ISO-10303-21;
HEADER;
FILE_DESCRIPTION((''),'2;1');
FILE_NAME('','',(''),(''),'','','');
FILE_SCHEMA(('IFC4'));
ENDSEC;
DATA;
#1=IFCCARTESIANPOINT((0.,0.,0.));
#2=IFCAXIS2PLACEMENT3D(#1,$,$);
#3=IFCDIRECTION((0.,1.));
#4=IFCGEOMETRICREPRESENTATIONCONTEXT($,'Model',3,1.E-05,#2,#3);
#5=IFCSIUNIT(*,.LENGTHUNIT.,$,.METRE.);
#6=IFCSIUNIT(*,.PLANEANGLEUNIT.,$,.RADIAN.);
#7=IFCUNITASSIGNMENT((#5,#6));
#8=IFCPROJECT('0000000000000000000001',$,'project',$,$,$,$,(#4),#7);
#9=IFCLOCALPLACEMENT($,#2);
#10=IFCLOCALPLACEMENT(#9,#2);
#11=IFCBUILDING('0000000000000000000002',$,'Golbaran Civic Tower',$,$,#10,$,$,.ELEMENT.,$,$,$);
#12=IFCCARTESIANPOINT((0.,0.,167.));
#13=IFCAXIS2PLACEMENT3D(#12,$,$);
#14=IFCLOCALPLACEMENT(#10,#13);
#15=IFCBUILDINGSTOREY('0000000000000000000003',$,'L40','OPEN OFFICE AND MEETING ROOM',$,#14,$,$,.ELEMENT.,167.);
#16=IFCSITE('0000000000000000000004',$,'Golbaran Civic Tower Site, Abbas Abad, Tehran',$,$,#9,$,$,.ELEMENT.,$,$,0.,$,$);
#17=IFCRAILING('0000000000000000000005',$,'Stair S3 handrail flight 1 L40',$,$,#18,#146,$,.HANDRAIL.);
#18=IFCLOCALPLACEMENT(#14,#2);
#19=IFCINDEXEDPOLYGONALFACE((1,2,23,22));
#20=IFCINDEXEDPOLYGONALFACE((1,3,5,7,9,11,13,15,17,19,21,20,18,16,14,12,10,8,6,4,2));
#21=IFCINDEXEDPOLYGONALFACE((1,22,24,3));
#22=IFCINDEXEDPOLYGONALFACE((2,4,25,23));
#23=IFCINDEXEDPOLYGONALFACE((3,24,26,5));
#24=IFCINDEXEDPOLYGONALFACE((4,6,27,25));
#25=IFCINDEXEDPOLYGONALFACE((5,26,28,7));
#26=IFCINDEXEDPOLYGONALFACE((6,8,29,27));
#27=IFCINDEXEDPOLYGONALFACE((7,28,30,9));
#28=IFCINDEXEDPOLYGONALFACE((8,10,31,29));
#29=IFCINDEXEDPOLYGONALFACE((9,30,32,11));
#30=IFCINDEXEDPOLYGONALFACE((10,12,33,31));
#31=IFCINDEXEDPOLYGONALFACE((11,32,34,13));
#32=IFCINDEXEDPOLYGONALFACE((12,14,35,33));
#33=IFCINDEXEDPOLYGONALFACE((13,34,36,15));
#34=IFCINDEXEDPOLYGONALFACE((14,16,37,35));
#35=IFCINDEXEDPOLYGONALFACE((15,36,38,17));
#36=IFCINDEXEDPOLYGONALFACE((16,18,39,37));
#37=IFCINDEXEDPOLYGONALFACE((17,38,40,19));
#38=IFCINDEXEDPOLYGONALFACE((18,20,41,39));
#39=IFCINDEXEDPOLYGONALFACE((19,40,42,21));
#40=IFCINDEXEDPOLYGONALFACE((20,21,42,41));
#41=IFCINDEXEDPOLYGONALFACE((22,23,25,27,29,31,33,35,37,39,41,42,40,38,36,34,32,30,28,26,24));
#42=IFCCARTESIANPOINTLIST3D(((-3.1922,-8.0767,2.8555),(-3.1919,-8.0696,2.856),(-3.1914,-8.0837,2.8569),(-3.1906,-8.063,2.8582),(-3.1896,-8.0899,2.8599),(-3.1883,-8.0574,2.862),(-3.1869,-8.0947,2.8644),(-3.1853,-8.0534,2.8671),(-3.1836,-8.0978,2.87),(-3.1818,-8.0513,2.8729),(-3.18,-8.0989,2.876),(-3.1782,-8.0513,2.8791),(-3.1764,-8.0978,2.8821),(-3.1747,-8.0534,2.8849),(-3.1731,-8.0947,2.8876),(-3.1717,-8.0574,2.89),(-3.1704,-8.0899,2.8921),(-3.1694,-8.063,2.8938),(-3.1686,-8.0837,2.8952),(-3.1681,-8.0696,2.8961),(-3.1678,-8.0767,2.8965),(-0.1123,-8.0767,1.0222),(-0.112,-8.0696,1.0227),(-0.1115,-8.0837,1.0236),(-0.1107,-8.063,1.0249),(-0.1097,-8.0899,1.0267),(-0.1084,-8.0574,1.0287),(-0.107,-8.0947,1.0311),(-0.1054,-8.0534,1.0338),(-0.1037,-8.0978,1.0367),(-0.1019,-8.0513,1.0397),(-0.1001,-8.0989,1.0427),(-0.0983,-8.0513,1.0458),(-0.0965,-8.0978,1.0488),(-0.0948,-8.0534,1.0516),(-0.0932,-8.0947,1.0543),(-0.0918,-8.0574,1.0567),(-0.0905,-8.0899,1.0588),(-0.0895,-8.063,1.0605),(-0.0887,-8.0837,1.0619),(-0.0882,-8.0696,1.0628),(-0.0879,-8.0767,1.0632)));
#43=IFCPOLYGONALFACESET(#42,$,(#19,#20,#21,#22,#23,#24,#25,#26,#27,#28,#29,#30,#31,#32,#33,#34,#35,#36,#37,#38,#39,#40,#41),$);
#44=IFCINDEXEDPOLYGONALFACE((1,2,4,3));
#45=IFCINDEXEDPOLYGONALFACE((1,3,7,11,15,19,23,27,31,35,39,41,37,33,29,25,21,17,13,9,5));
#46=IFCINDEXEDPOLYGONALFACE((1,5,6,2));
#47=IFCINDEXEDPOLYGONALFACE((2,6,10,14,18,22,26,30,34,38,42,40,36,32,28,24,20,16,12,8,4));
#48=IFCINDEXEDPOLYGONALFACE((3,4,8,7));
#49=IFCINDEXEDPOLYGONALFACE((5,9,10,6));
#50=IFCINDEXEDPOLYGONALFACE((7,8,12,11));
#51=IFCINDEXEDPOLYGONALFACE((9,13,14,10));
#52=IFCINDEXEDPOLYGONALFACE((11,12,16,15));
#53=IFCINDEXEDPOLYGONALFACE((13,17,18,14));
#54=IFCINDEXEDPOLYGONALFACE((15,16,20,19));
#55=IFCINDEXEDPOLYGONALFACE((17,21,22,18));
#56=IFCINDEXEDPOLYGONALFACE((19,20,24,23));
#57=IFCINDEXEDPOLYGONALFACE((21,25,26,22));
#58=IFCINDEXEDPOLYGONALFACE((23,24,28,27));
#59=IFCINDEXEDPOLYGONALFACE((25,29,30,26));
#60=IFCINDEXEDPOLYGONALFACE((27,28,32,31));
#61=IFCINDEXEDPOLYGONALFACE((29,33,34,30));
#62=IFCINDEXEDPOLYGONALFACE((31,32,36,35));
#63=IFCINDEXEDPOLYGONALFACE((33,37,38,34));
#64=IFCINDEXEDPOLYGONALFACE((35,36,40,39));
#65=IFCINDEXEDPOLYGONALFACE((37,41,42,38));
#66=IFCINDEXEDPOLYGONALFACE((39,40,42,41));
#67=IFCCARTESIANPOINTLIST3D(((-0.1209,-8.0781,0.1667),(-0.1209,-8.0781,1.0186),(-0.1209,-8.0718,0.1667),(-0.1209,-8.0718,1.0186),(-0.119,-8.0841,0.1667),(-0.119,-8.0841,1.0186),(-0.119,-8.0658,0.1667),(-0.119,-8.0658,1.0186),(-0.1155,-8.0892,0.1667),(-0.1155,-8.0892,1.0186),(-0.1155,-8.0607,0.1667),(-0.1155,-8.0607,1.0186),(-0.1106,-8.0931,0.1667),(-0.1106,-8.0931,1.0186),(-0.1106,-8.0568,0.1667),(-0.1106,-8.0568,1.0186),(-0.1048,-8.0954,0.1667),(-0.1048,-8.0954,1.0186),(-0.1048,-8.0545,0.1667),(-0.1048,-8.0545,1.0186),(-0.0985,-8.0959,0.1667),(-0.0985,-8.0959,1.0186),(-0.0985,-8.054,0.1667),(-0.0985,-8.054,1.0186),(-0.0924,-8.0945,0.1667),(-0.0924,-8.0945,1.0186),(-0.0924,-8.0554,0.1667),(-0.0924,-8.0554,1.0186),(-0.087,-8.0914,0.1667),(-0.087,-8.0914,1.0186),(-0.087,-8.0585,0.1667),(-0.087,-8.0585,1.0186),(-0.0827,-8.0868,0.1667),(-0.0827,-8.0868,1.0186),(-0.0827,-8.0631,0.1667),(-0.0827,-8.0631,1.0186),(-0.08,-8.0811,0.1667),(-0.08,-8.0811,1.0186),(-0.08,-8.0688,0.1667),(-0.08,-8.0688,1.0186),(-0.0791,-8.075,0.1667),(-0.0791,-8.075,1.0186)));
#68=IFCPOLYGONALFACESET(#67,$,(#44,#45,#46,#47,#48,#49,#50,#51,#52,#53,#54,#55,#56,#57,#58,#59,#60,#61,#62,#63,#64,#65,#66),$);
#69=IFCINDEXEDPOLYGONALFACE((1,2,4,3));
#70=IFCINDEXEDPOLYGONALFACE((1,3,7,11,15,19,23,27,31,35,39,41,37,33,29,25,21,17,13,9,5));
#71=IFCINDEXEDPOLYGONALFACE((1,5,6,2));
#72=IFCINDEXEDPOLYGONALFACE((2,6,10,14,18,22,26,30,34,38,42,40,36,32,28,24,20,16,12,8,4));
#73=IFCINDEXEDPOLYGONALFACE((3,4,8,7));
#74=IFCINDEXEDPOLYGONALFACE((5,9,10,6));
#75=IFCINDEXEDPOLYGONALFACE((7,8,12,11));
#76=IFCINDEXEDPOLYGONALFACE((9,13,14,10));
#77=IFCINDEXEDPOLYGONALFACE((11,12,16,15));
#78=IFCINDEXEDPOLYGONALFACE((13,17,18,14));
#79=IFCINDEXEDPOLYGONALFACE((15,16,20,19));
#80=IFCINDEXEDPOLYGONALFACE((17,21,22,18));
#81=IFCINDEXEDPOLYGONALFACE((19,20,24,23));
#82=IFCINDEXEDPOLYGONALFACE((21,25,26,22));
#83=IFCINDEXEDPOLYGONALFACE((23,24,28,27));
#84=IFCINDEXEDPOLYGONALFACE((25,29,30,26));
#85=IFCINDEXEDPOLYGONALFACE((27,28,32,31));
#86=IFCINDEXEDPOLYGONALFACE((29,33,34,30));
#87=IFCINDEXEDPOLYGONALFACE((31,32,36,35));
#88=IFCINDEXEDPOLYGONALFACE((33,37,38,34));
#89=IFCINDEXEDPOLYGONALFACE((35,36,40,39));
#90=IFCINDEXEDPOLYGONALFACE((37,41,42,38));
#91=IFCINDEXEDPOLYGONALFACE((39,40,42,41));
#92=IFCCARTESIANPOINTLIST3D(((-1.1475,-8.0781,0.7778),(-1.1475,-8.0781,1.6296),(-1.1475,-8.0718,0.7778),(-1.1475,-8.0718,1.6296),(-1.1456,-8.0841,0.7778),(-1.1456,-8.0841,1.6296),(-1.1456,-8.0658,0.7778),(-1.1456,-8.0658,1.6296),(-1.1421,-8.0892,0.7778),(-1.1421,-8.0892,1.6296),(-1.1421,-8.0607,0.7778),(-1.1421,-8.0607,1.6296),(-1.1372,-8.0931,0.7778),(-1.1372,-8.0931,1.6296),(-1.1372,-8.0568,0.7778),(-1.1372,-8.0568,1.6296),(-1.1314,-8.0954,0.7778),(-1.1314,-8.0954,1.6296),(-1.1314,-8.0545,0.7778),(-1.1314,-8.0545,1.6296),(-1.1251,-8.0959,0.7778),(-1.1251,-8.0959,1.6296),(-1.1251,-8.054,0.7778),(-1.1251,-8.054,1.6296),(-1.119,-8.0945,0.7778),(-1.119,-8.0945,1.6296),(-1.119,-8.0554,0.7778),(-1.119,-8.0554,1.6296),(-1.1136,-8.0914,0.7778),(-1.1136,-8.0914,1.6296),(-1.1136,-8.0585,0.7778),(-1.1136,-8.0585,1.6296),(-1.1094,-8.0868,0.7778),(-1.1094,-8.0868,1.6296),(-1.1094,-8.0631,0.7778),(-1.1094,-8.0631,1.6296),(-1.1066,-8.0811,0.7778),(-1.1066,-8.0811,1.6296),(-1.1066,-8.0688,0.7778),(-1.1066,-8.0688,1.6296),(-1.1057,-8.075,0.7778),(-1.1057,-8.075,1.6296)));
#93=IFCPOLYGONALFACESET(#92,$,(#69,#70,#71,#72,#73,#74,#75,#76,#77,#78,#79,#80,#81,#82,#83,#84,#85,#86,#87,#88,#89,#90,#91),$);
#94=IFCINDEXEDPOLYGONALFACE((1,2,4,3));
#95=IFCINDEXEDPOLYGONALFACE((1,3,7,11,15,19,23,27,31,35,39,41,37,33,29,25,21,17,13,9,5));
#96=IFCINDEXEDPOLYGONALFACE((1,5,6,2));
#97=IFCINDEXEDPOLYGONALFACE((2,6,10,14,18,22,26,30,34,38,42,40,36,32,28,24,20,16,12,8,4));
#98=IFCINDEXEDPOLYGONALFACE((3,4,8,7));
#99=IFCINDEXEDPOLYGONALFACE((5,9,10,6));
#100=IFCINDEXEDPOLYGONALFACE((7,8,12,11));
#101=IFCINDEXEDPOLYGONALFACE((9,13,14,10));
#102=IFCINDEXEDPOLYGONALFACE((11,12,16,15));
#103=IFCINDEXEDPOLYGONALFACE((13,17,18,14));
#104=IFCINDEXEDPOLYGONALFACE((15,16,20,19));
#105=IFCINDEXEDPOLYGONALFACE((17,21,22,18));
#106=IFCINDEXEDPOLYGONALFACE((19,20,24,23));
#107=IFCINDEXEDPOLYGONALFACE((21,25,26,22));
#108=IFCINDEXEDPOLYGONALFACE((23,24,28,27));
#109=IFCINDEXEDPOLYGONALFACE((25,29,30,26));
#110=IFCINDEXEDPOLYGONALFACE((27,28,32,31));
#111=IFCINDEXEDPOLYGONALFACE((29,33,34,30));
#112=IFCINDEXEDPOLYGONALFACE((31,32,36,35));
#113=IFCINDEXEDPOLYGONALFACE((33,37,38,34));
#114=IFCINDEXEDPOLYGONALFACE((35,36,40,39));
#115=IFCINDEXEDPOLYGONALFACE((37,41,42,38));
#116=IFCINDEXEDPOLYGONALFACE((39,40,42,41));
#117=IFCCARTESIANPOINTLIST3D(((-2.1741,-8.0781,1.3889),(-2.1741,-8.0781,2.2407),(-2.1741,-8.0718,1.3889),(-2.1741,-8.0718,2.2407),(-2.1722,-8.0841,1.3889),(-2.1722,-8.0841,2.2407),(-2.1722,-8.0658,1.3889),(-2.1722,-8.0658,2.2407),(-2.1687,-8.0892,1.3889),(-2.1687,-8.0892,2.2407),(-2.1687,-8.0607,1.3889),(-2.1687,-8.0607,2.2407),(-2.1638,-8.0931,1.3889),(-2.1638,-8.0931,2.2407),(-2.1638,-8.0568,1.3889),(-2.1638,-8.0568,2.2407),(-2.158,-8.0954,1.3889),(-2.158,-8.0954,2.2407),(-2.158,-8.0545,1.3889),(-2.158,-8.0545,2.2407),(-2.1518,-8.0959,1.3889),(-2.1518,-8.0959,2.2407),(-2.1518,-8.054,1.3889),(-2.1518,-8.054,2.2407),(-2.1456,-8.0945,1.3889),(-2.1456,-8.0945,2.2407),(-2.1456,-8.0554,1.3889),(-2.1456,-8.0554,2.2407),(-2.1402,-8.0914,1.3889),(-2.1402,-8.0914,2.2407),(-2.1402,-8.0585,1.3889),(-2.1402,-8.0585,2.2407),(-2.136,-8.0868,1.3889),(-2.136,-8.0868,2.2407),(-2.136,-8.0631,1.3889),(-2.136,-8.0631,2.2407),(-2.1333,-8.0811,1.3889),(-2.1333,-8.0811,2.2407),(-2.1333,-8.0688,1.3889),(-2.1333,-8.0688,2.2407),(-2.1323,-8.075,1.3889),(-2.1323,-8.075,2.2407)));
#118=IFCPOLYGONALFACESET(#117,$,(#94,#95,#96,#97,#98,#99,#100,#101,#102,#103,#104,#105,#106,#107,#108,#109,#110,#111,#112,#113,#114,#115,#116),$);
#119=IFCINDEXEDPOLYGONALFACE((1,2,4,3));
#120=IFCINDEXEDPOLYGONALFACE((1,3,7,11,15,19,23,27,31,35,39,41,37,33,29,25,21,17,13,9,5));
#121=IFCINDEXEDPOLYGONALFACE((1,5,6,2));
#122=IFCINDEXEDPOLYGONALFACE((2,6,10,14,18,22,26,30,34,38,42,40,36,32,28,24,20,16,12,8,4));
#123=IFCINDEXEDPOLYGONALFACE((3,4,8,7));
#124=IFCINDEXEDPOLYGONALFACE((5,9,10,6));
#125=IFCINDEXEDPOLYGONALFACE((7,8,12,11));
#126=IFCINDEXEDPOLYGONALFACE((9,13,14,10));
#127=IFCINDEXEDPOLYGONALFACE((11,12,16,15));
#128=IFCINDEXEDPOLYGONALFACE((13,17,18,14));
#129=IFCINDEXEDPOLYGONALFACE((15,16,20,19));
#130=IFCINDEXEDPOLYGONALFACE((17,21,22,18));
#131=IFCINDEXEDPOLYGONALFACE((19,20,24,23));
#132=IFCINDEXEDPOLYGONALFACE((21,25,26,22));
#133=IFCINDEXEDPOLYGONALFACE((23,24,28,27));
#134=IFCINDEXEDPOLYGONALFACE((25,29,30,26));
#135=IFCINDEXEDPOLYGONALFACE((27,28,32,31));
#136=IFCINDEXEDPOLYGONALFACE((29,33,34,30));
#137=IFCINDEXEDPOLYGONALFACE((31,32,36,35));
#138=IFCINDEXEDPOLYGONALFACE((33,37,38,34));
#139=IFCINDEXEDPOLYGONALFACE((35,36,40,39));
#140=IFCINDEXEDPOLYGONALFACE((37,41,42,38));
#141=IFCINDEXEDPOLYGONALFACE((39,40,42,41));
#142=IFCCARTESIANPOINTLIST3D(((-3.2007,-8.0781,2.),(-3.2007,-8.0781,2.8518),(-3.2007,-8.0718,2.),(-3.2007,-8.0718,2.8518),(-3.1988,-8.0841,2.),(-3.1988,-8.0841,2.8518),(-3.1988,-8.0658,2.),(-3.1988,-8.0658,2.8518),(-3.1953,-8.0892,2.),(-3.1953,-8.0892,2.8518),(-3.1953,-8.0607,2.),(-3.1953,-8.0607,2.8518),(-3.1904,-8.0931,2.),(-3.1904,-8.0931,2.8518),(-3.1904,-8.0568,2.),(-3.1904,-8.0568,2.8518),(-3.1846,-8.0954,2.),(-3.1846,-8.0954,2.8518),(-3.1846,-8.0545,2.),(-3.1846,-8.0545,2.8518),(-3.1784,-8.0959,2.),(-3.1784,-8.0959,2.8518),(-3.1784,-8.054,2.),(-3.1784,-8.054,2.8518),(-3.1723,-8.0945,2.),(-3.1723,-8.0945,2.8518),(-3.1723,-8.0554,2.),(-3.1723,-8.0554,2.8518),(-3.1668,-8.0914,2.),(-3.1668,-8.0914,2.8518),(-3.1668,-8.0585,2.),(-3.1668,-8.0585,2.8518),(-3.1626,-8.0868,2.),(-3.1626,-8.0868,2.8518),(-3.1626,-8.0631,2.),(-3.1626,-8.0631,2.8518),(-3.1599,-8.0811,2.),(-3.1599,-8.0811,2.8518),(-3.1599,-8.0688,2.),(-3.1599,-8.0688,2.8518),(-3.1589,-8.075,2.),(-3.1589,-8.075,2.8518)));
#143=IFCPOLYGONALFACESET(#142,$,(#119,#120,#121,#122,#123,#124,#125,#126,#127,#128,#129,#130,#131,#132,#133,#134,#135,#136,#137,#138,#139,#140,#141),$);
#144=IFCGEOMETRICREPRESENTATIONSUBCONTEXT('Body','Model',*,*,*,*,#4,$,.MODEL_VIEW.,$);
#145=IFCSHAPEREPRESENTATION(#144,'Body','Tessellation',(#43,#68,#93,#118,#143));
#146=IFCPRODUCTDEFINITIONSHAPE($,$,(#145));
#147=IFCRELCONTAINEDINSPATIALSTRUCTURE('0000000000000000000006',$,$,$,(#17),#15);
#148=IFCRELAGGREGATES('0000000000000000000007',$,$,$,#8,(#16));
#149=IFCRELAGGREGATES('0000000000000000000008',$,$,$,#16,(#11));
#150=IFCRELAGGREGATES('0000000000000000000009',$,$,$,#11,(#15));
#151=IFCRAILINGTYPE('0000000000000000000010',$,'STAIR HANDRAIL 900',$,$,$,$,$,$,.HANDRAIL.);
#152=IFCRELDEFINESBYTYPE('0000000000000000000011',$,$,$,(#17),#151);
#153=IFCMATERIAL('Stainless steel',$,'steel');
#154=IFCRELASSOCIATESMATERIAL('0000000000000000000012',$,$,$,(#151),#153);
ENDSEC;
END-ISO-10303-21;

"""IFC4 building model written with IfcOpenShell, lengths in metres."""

from ifc_helpers import new_model, si_unit, direction, frame, origin, origin_2d, place, context, subcontext, project, spatial, circle, extrude, material, type_object, element, save


model = new_model("IFC4")

# Units and contexts
model_context = context("Model", 3, precision=1e-05, world=origin(), true_north=direction((0.0, 1.0)))
body_context = subcontext(model_context, "Body", "Model", "MODEL_VIEW")
ifc_project = project(units=[si_unit("LENGTHUNIT", "METRE"), si_unit("PLANEANGLEUNIT", "RADIAN")], contexts=[model_context])

# Site, building, storey
site_placement = place(None, origin())
site = spatial("IfcSite", under=ifc_project, at=site_placement, Name="Golbaran Civic Tower Site, Abbas Abad, Tehran", CompositionType="ELEMENT", RefElevation=0.0)
building_placement = place(site_placement, origin())
building = spatial("IfcBuilding", under=site, at=building_placement, Name="Golbaran Civic Tower", CompositionType="ELEMENT")
storey_placement = place(building_placement, frame((0.0, 0.0, 167.0)))
storey = spatial("IfcBuildingStorey", under=building, at=storey_placement, Name="L40", Description="OPEN OFFICE AND MEETING ROOM", CompositionType="ELEMENT", Elevation=167.0)

# Shared definitions
ifc_material_1 = material(Name="Stainless steel", Category="steel")

# Railing
railing_type = type_object("IfcRailingType", Name="STAIR HANDRAIL 900", PredefinedType="HANDRAIL", material=ifc_material_1)
railing_1_placement = place(storey_placement, frame((-0.1001, -8.075, 0.1667)))
element("IfcRailing", 1, at=railing_1_placement, inside=storey, type_object=railing_type, Name="Stair S3 handrail flight 1 L40", PredefinedType="HANDRAIL", context=body_context, shape_type="SweptSolid", body=[
    extrude(circle(Radius=0.0239, at=origin_2d()), frame((0.0, 0.0, 0.876), z_axis=(-0.859291, 0.0, 0.511487), x_axis=(0.0, -1.0, 0.0)), (0.0, 0.0, 1.0), 3.5842),
    extrude(circle(Radius=0.021, at=origin_2d()), origin(), (0.0, 0.0, 1.0), 0.8518),
    extrude(circle(Radius=0.021, at=origin_2d()), frame((-1.0266, 0.0, 0.6111)), (0.0, 0.0, 1.0), 0.8518),
    extrude(circle(Radius=0.021, at=origin_2d()), frame((-2.0532, 0.0, 1.2222)), (0.0, 0.0, 1.0), 0.8518),
    extrude(circle(Radius=0.021, at=origin_2d()), frame((-3.0798, 0.0, 1.8333)), (0.0, 0.0, 1.0), 0.8518),
])

save(model, "model.ifc")
